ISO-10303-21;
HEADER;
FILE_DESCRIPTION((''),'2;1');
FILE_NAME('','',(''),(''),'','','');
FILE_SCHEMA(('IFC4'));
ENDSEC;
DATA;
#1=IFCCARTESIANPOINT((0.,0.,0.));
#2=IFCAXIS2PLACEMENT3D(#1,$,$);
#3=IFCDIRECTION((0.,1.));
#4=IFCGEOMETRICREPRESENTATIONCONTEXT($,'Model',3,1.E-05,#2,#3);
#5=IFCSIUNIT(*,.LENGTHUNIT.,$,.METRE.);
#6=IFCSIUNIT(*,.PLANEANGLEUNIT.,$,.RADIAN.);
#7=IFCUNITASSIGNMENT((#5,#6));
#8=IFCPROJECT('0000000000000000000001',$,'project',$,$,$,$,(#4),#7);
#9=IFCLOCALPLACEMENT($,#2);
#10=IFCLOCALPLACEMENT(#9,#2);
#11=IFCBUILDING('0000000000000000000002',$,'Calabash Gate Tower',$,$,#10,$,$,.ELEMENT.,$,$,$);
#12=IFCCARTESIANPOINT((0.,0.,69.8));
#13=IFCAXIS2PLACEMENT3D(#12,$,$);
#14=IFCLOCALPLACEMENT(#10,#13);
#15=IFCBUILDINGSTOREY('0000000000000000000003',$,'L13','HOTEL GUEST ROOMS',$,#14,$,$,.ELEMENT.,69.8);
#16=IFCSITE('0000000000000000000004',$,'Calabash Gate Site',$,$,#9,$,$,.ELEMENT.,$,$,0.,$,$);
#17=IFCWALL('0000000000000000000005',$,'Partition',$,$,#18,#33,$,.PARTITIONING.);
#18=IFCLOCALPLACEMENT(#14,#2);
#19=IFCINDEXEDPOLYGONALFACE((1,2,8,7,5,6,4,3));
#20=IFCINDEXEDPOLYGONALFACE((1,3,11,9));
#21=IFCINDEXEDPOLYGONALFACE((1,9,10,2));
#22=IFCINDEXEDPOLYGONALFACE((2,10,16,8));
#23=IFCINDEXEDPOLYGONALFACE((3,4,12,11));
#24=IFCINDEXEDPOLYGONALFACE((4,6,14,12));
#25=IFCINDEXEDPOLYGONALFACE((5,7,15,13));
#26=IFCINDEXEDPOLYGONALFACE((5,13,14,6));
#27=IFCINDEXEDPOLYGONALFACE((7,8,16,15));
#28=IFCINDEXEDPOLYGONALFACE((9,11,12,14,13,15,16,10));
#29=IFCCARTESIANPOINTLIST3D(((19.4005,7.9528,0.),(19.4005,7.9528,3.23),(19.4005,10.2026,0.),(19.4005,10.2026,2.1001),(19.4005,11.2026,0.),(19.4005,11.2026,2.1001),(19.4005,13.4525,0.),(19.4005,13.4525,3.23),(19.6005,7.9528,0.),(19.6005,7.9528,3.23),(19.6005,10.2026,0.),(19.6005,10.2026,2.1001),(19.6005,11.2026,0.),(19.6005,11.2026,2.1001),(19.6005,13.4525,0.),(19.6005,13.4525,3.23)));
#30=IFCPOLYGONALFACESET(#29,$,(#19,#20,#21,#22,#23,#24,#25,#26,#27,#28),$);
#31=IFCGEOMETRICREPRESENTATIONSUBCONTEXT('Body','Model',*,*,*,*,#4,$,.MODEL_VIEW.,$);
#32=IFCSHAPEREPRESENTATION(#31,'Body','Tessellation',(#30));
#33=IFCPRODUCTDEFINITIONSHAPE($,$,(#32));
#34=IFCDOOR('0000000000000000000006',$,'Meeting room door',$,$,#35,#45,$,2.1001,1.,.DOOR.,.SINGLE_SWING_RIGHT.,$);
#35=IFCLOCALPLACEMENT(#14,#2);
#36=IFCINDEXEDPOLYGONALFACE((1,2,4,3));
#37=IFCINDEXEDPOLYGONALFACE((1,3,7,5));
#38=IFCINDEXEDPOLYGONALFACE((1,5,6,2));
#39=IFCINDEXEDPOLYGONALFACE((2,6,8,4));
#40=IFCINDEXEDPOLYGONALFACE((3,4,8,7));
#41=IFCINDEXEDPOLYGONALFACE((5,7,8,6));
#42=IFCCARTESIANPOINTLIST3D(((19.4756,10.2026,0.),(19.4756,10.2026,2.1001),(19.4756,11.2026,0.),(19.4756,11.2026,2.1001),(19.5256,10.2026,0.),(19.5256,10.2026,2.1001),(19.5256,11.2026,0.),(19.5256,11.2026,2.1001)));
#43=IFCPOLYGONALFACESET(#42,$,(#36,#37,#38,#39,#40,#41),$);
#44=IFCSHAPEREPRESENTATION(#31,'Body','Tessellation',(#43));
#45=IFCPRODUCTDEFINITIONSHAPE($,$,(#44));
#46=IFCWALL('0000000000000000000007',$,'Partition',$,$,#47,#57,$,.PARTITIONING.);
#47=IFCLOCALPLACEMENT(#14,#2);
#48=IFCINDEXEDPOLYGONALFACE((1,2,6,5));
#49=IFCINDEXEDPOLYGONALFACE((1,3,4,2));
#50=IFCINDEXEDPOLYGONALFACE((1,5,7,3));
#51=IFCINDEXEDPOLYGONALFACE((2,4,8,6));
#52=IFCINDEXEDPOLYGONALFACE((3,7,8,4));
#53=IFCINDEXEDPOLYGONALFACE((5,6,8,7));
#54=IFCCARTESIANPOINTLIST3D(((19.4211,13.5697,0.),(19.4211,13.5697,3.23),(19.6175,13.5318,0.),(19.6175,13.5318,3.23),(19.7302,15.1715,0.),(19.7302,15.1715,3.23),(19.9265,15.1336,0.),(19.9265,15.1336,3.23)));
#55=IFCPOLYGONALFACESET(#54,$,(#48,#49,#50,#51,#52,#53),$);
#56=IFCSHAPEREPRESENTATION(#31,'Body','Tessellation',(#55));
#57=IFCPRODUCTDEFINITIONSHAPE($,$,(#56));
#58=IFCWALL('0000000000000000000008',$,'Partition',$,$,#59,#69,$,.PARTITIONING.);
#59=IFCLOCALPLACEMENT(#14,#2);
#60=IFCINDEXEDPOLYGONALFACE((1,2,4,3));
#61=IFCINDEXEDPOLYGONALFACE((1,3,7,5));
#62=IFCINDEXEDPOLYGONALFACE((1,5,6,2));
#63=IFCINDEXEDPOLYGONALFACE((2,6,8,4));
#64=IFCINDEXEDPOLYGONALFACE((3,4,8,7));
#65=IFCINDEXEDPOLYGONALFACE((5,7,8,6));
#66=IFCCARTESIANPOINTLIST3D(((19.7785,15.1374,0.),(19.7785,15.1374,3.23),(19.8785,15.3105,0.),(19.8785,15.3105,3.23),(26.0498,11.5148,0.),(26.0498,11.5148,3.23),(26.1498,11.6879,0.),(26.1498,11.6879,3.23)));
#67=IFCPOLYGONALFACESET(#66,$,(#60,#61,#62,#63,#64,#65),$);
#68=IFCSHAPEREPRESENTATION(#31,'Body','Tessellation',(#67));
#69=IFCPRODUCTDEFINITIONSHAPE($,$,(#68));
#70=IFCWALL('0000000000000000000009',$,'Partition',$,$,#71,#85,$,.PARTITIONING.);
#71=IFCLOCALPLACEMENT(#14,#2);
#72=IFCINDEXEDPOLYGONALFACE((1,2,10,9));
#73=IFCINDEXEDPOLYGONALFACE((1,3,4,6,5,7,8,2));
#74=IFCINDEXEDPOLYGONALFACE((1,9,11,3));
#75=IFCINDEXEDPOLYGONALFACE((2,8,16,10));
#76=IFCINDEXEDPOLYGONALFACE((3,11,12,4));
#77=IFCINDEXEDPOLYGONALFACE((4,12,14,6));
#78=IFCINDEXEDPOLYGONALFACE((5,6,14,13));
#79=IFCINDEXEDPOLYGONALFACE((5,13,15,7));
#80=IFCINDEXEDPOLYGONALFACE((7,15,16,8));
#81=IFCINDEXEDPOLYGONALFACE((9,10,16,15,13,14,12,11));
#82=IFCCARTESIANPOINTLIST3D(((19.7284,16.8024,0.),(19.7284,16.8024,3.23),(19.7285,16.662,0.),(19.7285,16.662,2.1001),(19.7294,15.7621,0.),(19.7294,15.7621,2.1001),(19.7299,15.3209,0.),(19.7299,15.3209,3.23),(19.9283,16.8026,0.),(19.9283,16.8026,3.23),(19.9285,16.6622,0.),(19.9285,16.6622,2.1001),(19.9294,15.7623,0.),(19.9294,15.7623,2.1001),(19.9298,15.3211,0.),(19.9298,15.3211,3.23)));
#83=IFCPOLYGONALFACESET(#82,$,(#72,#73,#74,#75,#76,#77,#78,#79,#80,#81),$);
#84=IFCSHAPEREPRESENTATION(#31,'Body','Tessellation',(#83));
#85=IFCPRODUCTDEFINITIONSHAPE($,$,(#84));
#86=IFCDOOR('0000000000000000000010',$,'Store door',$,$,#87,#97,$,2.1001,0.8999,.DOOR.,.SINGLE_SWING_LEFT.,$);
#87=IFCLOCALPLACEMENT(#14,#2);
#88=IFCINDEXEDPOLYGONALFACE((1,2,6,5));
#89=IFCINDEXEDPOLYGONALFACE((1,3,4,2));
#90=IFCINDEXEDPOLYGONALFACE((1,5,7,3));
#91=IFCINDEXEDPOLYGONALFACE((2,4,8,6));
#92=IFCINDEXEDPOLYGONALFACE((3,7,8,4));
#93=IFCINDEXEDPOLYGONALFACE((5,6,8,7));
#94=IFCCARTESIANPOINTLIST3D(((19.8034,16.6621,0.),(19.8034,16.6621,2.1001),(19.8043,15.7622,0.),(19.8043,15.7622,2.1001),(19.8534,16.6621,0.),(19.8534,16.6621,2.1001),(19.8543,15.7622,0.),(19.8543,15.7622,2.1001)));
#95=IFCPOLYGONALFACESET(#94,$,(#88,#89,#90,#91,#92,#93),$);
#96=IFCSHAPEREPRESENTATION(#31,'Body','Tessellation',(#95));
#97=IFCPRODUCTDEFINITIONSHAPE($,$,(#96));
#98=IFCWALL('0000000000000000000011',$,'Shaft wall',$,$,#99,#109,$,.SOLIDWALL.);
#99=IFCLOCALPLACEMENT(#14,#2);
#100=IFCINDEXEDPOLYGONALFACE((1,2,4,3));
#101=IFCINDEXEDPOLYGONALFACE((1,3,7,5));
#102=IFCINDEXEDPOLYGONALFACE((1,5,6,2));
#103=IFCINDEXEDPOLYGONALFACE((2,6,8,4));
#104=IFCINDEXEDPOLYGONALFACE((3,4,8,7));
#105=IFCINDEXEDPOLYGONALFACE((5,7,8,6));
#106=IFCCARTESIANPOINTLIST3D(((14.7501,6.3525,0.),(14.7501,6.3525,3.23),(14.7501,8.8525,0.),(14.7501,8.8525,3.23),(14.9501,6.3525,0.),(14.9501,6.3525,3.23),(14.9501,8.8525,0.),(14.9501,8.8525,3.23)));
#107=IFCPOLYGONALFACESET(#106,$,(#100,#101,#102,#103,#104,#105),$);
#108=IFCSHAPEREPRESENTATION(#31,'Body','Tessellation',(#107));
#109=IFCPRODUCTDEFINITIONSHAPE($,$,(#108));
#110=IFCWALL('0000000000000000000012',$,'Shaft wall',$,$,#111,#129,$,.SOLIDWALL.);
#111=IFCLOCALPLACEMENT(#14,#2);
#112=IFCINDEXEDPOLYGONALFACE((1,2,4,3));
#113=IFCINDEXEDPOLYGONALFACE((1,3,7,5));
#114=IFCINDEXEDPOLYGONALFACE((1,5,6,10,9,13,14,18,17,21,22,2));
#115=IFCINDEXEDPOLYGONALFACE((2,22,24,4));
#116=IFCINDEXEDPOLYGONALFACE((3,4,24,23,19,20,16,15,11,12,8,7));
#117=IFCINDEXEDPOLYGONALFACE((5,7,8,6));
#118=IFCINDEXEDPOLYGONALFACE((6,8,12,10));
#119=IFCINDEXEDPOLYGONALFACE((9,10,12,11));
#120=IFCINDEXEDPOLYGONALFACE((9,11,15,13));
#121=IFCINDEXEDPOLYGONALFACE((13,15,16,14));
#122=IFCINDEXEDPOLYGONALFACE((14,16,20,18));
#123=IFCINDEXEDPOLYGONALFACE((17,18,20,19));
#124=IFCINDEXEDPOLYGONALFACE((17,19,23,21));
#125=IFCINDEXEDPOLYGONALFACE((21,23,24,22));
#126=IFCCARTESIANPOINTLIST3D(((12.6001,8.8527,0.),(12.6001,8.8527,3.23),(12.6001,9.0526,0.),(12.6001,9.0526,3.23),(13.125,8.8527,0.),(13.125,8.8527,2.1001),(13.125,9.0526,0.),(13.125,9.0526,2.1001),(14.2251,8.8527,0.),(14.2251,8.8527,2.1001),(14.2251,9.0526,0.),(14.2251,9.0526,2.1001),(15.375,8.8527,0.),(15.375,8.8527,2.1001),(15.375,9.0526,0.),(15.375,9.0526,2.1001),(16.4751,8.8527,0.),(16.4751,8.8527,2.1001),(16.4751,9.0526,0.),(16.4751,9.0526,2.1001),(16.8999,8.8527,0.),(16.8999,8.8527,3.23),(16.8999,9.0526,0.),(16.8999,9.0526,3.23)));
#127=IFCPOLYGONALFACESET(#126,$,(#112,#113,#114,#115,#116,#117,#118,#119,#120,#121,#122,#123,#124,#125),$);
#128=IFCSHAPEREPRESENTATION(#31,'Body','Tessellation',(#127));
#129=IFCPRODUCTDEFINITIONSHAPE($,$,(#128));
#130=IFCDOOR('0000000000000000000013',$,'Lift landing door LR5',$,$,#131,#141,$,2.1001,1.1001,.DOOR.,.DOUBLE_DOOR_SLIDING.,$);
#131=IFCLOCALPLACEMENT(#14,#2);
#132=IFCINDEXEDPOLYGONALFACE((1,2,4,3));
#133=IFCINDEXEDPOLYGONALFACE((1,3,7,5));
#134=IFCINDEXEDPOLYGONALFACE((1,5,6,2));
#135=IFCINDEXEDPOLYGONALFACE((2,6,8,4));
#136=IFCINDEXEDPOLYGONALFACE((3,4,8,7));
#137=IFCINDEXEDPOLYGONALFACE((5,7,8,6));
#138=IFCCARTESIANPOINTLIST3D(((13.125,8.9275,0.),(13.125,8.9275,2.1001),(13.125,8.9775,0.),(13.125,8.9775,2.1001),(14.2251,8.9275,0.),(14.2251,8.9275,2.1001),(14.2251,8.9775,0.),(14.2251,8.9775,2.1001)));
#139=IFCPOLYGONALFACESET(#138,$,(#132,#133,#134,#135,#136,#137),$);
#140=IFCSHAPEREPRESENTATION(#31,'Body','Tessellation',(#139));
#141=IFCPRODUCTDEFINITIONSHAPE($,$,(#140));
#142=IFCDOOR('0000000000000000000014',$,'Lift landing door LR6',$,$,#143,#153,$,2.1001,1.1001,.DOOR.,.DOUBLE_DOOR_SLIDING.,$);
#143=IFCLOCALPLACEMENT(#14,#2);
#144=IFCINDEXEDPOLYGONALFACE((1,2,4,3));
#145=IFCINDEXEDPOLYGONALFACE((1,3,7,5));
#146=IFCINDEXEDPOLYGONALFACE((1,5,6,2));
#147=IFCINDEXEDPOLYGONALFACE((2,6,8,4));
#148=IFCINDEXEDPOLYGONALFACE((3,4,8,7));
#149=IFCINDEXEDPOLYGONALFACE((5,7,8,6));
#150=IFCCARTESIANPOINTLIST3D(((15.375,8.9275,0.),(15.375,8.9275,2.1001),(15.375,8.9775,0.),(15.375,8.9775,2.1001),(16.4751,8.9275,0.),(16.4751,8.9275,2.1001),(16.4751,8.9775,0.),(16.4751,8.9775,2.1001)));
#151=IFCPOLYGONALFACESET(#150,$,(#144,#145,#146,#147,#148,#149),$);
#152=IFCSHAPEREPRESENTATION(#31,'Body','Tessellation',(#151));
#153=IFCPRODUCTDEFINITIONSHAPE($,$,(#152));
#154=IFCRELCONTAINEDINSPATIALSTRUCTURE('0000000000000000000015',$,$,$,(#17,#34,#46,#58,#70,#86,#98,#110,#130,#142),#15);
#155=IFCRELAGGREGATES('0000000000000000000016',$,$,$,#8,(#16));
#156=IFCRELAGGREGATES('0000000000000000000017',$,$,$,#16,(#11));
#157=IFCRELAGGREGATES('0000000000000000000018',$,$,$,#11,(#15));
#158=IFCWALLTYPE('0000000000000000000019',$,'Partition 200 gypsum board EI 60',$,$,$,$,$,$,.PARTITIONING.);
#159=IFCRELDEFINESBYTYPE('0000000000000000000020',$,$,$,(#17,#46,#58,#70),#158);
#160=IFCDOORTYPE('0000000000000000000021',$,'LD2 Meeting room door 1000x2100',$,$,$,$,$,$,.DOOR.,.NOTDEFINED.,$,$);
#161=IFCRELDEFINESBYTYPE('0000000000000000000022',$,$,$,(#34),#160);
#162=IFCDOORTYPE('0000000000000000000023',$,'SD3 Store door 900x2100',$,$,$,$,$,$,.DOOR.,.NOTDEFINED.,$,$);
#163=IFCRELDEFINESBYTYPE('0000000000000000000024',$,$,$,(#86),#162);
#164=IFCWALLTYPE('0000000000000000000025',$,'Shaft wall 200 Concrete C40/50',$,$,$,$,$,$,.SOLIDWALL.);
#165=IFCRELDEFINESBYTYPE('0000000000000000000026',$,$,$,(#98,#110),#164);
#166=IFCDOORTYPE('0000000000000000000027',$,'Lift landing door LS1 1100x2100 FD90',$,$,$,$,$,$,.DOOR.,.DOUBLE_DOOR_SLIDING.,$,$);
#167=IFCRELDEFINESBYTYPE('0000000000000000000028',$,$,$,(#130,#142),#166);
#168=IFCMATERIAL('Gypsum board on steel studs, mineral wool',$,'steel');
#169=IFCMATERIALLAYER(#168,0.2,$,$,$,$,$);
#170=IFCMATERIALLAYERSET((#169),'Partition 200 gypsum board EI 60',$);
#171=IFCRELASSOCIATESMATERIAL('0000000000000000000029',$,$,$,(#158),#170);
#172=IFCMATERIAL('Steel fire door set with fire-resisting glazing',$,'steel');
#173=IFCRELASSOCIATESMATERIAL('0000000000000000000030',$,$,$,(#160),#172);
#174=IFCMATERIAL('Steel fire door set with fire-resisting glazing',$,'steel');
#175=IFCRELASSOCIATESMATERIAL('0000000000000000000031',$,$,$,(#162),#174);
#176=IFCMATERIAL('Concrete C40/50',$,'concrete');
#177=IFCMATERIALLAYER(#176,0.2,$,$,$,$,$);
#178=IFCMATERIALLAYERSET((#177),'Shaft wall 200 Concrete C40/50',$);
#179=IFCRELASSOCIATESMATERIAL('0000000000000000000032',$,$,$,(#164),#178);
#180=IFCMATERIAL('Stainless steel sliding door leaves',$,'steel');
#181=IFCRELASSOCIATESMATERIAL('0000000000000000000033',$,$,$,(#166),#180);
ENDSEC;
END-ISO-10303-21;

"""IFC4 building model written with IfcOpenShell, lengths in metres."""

from ifc_helpers import new_model, si_unit, direction, frame, frame_2d, origin, place, context, subcontext, project, spatial, rectangle, extrude, material, layer, layer_set, type_object, element, fill, save


model = new_model("IFC4")

# Units and contexts
model_context = context("Model", 3, precision=1e-05, world=origin(), true_north=direction((0.0, 1.0)))
body_context = subcontext(model_context, "Body", "Model", "MODEL_VIEW")
ifc_project = project(units=[si_unit("LENGTHUNIT", "METRE"), si_unit("PLANEANGLEUNIT", "RADIAN")], contexts=[model_context])

# Site, building, storey
site_placement = place(None, origin())
site = spatial("IfcSite", under=ifc_project, at=site_placement, Name="Calabash Gate Site", CompositionType="ELEMENT", RefElevation=0.0)
building_placement = place(site_placement, origin())
building = spatial("IfcBuilding", under=site, at=building_placement, Name="Calabash Gate Tower", CompositionType="ELEMENT")
storey_placement = place(building_placement, frame((0.0, 0.0, 69.8)))
storey = spatial("IfcBuildingStorey", under=building, at=storey_placement, Name="L13", Description="HOTEL GUEST ROOMS", CompositionType="ELEMENT", Elevation=69.8)

# Shared definitions
ifc_material_1 = material(Name="Gypsum board on steel studs, mineral wool", Category="steel")
ifc_layer_1 = layer(ifc_material_1, 0.2)
ifc_layer_set_1 = layer_set([ifc_layer_1], Name="Partition 200 gypsum board EI 60")
wall_type_1 = type_object("IfcWallType", Name="Partition 200 gypsum board EI 60", PredefinedType="PARTITIONING", material=ifc_layer_set_1)

# Wall, opening, door
wall_1_placement = place(storey_placement, frame((19.5005, 7.9526, 0.0), z_axis=(0.0, 0.0, 1.0), x_axis=(0.0, 1.0, 0.0)))
wall_1 = element("IfcWall", 1, at=wall_1_placement, inside=storey, type_object=wall_type_1, Name="Partition", PredefinedType="PARTITIONING", context=body_context, shape_type="SweptSolid", body=[
    extrude(rectangle(XDim=5.4998, YDim=0.2, at=frame_2d((2.75, 0.0))), origin(), (0.0, 0.0, 1.0), 3.23),
])
opening_1_placement = place(wall_1_placement, frame((2.25, 0.0, 0.0)))
opening_1 = element("IfcOpeningElement", 2, at=opening_1_placement, cuts=wall_1, PredefinedType="OPENING", context=body_context, shape_type="SweptSolid", body=[
    extrude(rectangle(XDim=1.0, YDim=2.1001, at=frame_2d((0.5, 1.05))), frame((0.0, 0.1099, 0.0), z_axis=(0.0, -1.0, 0.0), x_axis=(1.0, 0.0, 0.0)), (0.0, 0.0, 1.0), 0.22),
])
ifc_material_2 = material(Name="Steel fire door set with fire-resisting glazing", Category="steel")
door_type_1 = type_object("IfcDoorType", Name="LD2 Meeting room door 1000x2100", OperationType="NOTDEFINED", PredefinedType="DOOR", material=ifc_material_2)
door_1_placement = place(opening_1_placement, origin())
door_1 = element("IfcDoor", 3, at=door_1_placement, inside=storey, type_object=door_type_1, Name="Meeting room door", OperationType="SINGLE_SWING_RIGHT", OverallHeight=2.1001, OverallWidth=1.0, PredefinedType="DOOR", context=body_context, shape_type="SweptSolid", body=[
    extrude(rectangle(XDim=1.0, YDim=2.1001, at=frame_2d((0.5, 1.05))), frame((0.0, 0.0249, 0.0), z_axis=(0.0, -1.0, 0.0), x_axis=(1.0, 0.0, 0.0)), (0.0, 0.0, 1.0), 0.05),
])
fill(opening_1, door_1)

# Walls
wall_2_placement = place(storey_placement, frame((19.5193, 13.5508, 0.0), z_axis=(0.0, 0.0, 1.0), x_axis=(0.189463, 0.981888, 0.0)))
element("IfcWall", 4, at=wall_2_placement, inside=storey, type_object=wall_type_1, Name="Partition", PredefinedType="PARTITIONING", context=body_context, shape_type="SweptSolid", body=[
    extrude(rectangle(XDim=1.6313, YDim=0.2, at=frame_2d((0.8157, 0.0))), origin(), (0.0, 0.0, 1.0), 3.23),
])
wall_3_placement = place(storey_placement, frame((19.8286, 15.2239, 0.0), z_axis=(0.0, 0.0, 1.0), x_axis=(0.865914, -0.500192, 0.0)))
element("IfcWall", 5, at=wall_3_placement, inside=storey, type_object=wall_type_1, Name="Partition", PredefinedType="PARTITIONING", context=body_context, shape_type="SweptSolid", body=[
    extrude(rectangle(XDim=7.2424, YDim=0.2, at=frame_2d((3.6211, 0.0))), origin(), (0.0, 0.0, 1.0), 3.23),
])

# Wall, opening, door
wall_4_placement = place(storey_placement, frame((19.8284, 16.8025, 0.0), z_axis=(0.0, 0.0, 1.0), x_axis=(0.000989, -1.0, 0.0)))
wall_4 = element("IfcWall", 6, at=wall_4_placement, inside=storey, type_object=wall_type_1, Name="Partition", PredefinedType="PARTITIONING", context=body_context, shape_type="SweptSolid", body=[
    extrude(rectangle(XDim=1.4814, YDim=0.2, at=frame_2d((0.7407, 0.0))), origin(), (0.0, 0.0, 1.0), 3.23),
])
opening_2_placement = place(wall_4_placement, frame((0.1404, 0.0, 0.0)))
opening_2 = element("IfcOpeningElement", 7, at=opening_2_placement, cuts=wall_4, PredefinedType="OPENING", context=body_context, shape_type="SweptSolid", body=[
    extrude(rectangle(XDim=0.8999, YDim=2.1001, at=frame_2d((0.45, 1.05))), frame((0.0, 0.1099, 0.0), z_axis=(0.0, -1.0, 0.0), x_axis=(1.0, 0.0, 0.0)), (0.0, 0.0, 1.0), 0.22),
])
ifc_material_3 = material(Name="Steel fire door set with fire-resisting glazing", Category="steel")
door_type_2 = type_object("IfcDoorType", Name="SD3 Store door 900x2100", OperationType="NOTDEFINED", PredefinedType="DOOR", material=ifc_material_3)
door_2_placement = place(opening_2_placement, origin())
door_2 = element("IfcDoor", 8, at=door_2_placement, inside=storey, type_object=door_type_2, Name="Store door", OperationType="SINGLE_SWING_LEFT", OverallHeight=2.1001, OverallWidth=0.8999, PredefinedType="DOOR", context=body_context, shape_type="SweptSolid", body=[
    extrude(rectangle(XDim=0.8999, YDim=2.1001, at=frame_2d((0.45, 1.05))), frame((0.0, 0.0249, 0.0), z_axis=(0.0, -1.0, 0.0), x_axis=(1.0, 0.0, 0.0)), (0.0, 0.0, 1.0), 0.05),
])
fill(opening_2, door_2)

# Wall
ifc_material_4 = material(Name="Concrete C40/50", Category="concrete")
ifc_layer_2 = layer(ifc_material_4, 0.2)
ifc_layer_set_2 = layer_set([ifc_layer_2], Name="Shaft wall 200 Concrete C40/50")
wall_type_2 = type_object("IfcWallType", Name="Shaft wall 200 Concrete C40/50", PredefinedType="SOLIDWALL", material=ifc_layer_set_2)
wall_5_placement = place(storey_placement, frame((14.8501, 6.3525, 0.0), z_axis=(0.0, 0.0, 1.0), x_axis=(0.0, 1.0, 0.0)))
element("IfcWall", 9, at=wall_5_placement, inside=storey, type_object=wall_type_2, Name="Shaft wall", PredefinedType="SOLIDWALL", context=body_context, shape_type="SweptSolid", body=[
    extrude(rectangle(XDim=2.5, YDim=0.2, at=frame_2d((1.25, 0.0))), origin(), (0.0, 0.0, 1.0), 3.23),
])

# Wall, openings, doors
wall_6_placement = place(storey_placement, frame((12.6001, 8.9526, 0.0), z_axis=(0.0, 0.0, 1.0), x_axis=(1.0, 0.0, 0.0)))
wall_6 = element("IfcWall", 10, at=wall_6_placement, inside=storey, type_object=wall_type_2, Name="Shaft wall", PredefinedType="SOLIDWALL", context=body_context, shape_type="SweptSolid", body=[
    extrude(rectangle(XDim=4.2998, YDim=0.2, at=frame_2d((2.1499, 0.0))), origin(), (0.0, 0.0, 1.0), 3.23),
])
opening_3_placement = place(wall_6_placement, frame((0.5249, 0.0, 0.0)))
opening_3 = element("IfcOpeningElement", 11, at=opening_3_placement, cuts=wall_6, PredefinedType="OPENING", context=body_context, shape_type="SweptSolid", body=[
    extrude(rectangle(XDim=1.1001, YDim=2.1001, at=frame_2d((0.55, 1.05))), frame((0.0, 0.1099, 0.0), z_axis=(0.0, -1.0, 0.0), x_axis=(1.0, 0.0, 0.0)), (0.0, 0.0, 1.0), 0.22),
])
opening_4_placement = place(wall_6_placement, frame((2.7749, 0.0, 0.0)))
opening_4 = element("IfcOpeningElement", 12, at=opening_4_placement, cuts=wall_6, PredefinedType="OPENING", context=body_context, shape_type="SweptSolid", body=[
    extrude(rectangle(XDim=1.1001, YDim=2.1001, at=frame_2d((0.55, 1.05))), frame((0.0, 0.1099, 0.0), z_axis=(0.0, -1.0, 0.0), x_axis=(1.0, 0.0, 0.0)), (0.0, 0.0, 1.0), 0.22),
])
ifc_material_5 = material(Name="Stainless steel sliding door leaves", Category="steel")
door_type_3 = type_object("IfcDoorType", Name="Lift landing door LS1 1100x2100 FD90", OperationType="DOUBLE_DOOR_SLIDING", PredefinedType="DOOR", material=ifc_material_5)
door_3_placement = place(opening_3_placement, origin())
door_3 = element("IfcDoor", 13, at=door_3_placement, inside=storey, type_object=door_type_3, Name="Lift landing door LR5", OperationType="DOUBLE_DOOR_SLIDING", OverallHeight=2.1001, OverallWidth=1.1001, PredefinedType="DOOR", context=body_context, shape_type="SweptSolid", body=[
    extrude(rectangle(XDim=1.1001, YDim=2.1001, at=frame_2d((0.55, 1.05))), frame((0.0, 0.0249, 0.0), z_axis=(0.0, -1.0, 0.0), x_axis=(1.0, 0.0, 0.0)), (0.0, 0.0, 1.0), 0.05),
])
fill(opening_3, door_3)
door_4_placement = place(opening_4_placement, origin())
door_4 = element("IfcDoor", 14, at=door_4_placement, inside=storey, type_object=door_type_3, Name="Lift landing door LR6", OperationType="DOUBLE_DOOR_SLIDING", OverallHeight=2.1001, OverallWidth=1.1001, PredefinedType="DOOR", context=body_context, shape_type="SweptSolid", body=[
    extrude(rectangle(XDim=1.1001, YDim=2.1001, at=frame_2d((0.55, 1.05))), frame((0.0, 0.0249, 0.0), z_axis=(0.0, -1.0, 0.0), x_axis=(1.0, 0.0, 0.0)), (0.0, 0.0, 1.0), 0.05),
])
fill(opening_4, door_4)

save(model, "model.ifc")
